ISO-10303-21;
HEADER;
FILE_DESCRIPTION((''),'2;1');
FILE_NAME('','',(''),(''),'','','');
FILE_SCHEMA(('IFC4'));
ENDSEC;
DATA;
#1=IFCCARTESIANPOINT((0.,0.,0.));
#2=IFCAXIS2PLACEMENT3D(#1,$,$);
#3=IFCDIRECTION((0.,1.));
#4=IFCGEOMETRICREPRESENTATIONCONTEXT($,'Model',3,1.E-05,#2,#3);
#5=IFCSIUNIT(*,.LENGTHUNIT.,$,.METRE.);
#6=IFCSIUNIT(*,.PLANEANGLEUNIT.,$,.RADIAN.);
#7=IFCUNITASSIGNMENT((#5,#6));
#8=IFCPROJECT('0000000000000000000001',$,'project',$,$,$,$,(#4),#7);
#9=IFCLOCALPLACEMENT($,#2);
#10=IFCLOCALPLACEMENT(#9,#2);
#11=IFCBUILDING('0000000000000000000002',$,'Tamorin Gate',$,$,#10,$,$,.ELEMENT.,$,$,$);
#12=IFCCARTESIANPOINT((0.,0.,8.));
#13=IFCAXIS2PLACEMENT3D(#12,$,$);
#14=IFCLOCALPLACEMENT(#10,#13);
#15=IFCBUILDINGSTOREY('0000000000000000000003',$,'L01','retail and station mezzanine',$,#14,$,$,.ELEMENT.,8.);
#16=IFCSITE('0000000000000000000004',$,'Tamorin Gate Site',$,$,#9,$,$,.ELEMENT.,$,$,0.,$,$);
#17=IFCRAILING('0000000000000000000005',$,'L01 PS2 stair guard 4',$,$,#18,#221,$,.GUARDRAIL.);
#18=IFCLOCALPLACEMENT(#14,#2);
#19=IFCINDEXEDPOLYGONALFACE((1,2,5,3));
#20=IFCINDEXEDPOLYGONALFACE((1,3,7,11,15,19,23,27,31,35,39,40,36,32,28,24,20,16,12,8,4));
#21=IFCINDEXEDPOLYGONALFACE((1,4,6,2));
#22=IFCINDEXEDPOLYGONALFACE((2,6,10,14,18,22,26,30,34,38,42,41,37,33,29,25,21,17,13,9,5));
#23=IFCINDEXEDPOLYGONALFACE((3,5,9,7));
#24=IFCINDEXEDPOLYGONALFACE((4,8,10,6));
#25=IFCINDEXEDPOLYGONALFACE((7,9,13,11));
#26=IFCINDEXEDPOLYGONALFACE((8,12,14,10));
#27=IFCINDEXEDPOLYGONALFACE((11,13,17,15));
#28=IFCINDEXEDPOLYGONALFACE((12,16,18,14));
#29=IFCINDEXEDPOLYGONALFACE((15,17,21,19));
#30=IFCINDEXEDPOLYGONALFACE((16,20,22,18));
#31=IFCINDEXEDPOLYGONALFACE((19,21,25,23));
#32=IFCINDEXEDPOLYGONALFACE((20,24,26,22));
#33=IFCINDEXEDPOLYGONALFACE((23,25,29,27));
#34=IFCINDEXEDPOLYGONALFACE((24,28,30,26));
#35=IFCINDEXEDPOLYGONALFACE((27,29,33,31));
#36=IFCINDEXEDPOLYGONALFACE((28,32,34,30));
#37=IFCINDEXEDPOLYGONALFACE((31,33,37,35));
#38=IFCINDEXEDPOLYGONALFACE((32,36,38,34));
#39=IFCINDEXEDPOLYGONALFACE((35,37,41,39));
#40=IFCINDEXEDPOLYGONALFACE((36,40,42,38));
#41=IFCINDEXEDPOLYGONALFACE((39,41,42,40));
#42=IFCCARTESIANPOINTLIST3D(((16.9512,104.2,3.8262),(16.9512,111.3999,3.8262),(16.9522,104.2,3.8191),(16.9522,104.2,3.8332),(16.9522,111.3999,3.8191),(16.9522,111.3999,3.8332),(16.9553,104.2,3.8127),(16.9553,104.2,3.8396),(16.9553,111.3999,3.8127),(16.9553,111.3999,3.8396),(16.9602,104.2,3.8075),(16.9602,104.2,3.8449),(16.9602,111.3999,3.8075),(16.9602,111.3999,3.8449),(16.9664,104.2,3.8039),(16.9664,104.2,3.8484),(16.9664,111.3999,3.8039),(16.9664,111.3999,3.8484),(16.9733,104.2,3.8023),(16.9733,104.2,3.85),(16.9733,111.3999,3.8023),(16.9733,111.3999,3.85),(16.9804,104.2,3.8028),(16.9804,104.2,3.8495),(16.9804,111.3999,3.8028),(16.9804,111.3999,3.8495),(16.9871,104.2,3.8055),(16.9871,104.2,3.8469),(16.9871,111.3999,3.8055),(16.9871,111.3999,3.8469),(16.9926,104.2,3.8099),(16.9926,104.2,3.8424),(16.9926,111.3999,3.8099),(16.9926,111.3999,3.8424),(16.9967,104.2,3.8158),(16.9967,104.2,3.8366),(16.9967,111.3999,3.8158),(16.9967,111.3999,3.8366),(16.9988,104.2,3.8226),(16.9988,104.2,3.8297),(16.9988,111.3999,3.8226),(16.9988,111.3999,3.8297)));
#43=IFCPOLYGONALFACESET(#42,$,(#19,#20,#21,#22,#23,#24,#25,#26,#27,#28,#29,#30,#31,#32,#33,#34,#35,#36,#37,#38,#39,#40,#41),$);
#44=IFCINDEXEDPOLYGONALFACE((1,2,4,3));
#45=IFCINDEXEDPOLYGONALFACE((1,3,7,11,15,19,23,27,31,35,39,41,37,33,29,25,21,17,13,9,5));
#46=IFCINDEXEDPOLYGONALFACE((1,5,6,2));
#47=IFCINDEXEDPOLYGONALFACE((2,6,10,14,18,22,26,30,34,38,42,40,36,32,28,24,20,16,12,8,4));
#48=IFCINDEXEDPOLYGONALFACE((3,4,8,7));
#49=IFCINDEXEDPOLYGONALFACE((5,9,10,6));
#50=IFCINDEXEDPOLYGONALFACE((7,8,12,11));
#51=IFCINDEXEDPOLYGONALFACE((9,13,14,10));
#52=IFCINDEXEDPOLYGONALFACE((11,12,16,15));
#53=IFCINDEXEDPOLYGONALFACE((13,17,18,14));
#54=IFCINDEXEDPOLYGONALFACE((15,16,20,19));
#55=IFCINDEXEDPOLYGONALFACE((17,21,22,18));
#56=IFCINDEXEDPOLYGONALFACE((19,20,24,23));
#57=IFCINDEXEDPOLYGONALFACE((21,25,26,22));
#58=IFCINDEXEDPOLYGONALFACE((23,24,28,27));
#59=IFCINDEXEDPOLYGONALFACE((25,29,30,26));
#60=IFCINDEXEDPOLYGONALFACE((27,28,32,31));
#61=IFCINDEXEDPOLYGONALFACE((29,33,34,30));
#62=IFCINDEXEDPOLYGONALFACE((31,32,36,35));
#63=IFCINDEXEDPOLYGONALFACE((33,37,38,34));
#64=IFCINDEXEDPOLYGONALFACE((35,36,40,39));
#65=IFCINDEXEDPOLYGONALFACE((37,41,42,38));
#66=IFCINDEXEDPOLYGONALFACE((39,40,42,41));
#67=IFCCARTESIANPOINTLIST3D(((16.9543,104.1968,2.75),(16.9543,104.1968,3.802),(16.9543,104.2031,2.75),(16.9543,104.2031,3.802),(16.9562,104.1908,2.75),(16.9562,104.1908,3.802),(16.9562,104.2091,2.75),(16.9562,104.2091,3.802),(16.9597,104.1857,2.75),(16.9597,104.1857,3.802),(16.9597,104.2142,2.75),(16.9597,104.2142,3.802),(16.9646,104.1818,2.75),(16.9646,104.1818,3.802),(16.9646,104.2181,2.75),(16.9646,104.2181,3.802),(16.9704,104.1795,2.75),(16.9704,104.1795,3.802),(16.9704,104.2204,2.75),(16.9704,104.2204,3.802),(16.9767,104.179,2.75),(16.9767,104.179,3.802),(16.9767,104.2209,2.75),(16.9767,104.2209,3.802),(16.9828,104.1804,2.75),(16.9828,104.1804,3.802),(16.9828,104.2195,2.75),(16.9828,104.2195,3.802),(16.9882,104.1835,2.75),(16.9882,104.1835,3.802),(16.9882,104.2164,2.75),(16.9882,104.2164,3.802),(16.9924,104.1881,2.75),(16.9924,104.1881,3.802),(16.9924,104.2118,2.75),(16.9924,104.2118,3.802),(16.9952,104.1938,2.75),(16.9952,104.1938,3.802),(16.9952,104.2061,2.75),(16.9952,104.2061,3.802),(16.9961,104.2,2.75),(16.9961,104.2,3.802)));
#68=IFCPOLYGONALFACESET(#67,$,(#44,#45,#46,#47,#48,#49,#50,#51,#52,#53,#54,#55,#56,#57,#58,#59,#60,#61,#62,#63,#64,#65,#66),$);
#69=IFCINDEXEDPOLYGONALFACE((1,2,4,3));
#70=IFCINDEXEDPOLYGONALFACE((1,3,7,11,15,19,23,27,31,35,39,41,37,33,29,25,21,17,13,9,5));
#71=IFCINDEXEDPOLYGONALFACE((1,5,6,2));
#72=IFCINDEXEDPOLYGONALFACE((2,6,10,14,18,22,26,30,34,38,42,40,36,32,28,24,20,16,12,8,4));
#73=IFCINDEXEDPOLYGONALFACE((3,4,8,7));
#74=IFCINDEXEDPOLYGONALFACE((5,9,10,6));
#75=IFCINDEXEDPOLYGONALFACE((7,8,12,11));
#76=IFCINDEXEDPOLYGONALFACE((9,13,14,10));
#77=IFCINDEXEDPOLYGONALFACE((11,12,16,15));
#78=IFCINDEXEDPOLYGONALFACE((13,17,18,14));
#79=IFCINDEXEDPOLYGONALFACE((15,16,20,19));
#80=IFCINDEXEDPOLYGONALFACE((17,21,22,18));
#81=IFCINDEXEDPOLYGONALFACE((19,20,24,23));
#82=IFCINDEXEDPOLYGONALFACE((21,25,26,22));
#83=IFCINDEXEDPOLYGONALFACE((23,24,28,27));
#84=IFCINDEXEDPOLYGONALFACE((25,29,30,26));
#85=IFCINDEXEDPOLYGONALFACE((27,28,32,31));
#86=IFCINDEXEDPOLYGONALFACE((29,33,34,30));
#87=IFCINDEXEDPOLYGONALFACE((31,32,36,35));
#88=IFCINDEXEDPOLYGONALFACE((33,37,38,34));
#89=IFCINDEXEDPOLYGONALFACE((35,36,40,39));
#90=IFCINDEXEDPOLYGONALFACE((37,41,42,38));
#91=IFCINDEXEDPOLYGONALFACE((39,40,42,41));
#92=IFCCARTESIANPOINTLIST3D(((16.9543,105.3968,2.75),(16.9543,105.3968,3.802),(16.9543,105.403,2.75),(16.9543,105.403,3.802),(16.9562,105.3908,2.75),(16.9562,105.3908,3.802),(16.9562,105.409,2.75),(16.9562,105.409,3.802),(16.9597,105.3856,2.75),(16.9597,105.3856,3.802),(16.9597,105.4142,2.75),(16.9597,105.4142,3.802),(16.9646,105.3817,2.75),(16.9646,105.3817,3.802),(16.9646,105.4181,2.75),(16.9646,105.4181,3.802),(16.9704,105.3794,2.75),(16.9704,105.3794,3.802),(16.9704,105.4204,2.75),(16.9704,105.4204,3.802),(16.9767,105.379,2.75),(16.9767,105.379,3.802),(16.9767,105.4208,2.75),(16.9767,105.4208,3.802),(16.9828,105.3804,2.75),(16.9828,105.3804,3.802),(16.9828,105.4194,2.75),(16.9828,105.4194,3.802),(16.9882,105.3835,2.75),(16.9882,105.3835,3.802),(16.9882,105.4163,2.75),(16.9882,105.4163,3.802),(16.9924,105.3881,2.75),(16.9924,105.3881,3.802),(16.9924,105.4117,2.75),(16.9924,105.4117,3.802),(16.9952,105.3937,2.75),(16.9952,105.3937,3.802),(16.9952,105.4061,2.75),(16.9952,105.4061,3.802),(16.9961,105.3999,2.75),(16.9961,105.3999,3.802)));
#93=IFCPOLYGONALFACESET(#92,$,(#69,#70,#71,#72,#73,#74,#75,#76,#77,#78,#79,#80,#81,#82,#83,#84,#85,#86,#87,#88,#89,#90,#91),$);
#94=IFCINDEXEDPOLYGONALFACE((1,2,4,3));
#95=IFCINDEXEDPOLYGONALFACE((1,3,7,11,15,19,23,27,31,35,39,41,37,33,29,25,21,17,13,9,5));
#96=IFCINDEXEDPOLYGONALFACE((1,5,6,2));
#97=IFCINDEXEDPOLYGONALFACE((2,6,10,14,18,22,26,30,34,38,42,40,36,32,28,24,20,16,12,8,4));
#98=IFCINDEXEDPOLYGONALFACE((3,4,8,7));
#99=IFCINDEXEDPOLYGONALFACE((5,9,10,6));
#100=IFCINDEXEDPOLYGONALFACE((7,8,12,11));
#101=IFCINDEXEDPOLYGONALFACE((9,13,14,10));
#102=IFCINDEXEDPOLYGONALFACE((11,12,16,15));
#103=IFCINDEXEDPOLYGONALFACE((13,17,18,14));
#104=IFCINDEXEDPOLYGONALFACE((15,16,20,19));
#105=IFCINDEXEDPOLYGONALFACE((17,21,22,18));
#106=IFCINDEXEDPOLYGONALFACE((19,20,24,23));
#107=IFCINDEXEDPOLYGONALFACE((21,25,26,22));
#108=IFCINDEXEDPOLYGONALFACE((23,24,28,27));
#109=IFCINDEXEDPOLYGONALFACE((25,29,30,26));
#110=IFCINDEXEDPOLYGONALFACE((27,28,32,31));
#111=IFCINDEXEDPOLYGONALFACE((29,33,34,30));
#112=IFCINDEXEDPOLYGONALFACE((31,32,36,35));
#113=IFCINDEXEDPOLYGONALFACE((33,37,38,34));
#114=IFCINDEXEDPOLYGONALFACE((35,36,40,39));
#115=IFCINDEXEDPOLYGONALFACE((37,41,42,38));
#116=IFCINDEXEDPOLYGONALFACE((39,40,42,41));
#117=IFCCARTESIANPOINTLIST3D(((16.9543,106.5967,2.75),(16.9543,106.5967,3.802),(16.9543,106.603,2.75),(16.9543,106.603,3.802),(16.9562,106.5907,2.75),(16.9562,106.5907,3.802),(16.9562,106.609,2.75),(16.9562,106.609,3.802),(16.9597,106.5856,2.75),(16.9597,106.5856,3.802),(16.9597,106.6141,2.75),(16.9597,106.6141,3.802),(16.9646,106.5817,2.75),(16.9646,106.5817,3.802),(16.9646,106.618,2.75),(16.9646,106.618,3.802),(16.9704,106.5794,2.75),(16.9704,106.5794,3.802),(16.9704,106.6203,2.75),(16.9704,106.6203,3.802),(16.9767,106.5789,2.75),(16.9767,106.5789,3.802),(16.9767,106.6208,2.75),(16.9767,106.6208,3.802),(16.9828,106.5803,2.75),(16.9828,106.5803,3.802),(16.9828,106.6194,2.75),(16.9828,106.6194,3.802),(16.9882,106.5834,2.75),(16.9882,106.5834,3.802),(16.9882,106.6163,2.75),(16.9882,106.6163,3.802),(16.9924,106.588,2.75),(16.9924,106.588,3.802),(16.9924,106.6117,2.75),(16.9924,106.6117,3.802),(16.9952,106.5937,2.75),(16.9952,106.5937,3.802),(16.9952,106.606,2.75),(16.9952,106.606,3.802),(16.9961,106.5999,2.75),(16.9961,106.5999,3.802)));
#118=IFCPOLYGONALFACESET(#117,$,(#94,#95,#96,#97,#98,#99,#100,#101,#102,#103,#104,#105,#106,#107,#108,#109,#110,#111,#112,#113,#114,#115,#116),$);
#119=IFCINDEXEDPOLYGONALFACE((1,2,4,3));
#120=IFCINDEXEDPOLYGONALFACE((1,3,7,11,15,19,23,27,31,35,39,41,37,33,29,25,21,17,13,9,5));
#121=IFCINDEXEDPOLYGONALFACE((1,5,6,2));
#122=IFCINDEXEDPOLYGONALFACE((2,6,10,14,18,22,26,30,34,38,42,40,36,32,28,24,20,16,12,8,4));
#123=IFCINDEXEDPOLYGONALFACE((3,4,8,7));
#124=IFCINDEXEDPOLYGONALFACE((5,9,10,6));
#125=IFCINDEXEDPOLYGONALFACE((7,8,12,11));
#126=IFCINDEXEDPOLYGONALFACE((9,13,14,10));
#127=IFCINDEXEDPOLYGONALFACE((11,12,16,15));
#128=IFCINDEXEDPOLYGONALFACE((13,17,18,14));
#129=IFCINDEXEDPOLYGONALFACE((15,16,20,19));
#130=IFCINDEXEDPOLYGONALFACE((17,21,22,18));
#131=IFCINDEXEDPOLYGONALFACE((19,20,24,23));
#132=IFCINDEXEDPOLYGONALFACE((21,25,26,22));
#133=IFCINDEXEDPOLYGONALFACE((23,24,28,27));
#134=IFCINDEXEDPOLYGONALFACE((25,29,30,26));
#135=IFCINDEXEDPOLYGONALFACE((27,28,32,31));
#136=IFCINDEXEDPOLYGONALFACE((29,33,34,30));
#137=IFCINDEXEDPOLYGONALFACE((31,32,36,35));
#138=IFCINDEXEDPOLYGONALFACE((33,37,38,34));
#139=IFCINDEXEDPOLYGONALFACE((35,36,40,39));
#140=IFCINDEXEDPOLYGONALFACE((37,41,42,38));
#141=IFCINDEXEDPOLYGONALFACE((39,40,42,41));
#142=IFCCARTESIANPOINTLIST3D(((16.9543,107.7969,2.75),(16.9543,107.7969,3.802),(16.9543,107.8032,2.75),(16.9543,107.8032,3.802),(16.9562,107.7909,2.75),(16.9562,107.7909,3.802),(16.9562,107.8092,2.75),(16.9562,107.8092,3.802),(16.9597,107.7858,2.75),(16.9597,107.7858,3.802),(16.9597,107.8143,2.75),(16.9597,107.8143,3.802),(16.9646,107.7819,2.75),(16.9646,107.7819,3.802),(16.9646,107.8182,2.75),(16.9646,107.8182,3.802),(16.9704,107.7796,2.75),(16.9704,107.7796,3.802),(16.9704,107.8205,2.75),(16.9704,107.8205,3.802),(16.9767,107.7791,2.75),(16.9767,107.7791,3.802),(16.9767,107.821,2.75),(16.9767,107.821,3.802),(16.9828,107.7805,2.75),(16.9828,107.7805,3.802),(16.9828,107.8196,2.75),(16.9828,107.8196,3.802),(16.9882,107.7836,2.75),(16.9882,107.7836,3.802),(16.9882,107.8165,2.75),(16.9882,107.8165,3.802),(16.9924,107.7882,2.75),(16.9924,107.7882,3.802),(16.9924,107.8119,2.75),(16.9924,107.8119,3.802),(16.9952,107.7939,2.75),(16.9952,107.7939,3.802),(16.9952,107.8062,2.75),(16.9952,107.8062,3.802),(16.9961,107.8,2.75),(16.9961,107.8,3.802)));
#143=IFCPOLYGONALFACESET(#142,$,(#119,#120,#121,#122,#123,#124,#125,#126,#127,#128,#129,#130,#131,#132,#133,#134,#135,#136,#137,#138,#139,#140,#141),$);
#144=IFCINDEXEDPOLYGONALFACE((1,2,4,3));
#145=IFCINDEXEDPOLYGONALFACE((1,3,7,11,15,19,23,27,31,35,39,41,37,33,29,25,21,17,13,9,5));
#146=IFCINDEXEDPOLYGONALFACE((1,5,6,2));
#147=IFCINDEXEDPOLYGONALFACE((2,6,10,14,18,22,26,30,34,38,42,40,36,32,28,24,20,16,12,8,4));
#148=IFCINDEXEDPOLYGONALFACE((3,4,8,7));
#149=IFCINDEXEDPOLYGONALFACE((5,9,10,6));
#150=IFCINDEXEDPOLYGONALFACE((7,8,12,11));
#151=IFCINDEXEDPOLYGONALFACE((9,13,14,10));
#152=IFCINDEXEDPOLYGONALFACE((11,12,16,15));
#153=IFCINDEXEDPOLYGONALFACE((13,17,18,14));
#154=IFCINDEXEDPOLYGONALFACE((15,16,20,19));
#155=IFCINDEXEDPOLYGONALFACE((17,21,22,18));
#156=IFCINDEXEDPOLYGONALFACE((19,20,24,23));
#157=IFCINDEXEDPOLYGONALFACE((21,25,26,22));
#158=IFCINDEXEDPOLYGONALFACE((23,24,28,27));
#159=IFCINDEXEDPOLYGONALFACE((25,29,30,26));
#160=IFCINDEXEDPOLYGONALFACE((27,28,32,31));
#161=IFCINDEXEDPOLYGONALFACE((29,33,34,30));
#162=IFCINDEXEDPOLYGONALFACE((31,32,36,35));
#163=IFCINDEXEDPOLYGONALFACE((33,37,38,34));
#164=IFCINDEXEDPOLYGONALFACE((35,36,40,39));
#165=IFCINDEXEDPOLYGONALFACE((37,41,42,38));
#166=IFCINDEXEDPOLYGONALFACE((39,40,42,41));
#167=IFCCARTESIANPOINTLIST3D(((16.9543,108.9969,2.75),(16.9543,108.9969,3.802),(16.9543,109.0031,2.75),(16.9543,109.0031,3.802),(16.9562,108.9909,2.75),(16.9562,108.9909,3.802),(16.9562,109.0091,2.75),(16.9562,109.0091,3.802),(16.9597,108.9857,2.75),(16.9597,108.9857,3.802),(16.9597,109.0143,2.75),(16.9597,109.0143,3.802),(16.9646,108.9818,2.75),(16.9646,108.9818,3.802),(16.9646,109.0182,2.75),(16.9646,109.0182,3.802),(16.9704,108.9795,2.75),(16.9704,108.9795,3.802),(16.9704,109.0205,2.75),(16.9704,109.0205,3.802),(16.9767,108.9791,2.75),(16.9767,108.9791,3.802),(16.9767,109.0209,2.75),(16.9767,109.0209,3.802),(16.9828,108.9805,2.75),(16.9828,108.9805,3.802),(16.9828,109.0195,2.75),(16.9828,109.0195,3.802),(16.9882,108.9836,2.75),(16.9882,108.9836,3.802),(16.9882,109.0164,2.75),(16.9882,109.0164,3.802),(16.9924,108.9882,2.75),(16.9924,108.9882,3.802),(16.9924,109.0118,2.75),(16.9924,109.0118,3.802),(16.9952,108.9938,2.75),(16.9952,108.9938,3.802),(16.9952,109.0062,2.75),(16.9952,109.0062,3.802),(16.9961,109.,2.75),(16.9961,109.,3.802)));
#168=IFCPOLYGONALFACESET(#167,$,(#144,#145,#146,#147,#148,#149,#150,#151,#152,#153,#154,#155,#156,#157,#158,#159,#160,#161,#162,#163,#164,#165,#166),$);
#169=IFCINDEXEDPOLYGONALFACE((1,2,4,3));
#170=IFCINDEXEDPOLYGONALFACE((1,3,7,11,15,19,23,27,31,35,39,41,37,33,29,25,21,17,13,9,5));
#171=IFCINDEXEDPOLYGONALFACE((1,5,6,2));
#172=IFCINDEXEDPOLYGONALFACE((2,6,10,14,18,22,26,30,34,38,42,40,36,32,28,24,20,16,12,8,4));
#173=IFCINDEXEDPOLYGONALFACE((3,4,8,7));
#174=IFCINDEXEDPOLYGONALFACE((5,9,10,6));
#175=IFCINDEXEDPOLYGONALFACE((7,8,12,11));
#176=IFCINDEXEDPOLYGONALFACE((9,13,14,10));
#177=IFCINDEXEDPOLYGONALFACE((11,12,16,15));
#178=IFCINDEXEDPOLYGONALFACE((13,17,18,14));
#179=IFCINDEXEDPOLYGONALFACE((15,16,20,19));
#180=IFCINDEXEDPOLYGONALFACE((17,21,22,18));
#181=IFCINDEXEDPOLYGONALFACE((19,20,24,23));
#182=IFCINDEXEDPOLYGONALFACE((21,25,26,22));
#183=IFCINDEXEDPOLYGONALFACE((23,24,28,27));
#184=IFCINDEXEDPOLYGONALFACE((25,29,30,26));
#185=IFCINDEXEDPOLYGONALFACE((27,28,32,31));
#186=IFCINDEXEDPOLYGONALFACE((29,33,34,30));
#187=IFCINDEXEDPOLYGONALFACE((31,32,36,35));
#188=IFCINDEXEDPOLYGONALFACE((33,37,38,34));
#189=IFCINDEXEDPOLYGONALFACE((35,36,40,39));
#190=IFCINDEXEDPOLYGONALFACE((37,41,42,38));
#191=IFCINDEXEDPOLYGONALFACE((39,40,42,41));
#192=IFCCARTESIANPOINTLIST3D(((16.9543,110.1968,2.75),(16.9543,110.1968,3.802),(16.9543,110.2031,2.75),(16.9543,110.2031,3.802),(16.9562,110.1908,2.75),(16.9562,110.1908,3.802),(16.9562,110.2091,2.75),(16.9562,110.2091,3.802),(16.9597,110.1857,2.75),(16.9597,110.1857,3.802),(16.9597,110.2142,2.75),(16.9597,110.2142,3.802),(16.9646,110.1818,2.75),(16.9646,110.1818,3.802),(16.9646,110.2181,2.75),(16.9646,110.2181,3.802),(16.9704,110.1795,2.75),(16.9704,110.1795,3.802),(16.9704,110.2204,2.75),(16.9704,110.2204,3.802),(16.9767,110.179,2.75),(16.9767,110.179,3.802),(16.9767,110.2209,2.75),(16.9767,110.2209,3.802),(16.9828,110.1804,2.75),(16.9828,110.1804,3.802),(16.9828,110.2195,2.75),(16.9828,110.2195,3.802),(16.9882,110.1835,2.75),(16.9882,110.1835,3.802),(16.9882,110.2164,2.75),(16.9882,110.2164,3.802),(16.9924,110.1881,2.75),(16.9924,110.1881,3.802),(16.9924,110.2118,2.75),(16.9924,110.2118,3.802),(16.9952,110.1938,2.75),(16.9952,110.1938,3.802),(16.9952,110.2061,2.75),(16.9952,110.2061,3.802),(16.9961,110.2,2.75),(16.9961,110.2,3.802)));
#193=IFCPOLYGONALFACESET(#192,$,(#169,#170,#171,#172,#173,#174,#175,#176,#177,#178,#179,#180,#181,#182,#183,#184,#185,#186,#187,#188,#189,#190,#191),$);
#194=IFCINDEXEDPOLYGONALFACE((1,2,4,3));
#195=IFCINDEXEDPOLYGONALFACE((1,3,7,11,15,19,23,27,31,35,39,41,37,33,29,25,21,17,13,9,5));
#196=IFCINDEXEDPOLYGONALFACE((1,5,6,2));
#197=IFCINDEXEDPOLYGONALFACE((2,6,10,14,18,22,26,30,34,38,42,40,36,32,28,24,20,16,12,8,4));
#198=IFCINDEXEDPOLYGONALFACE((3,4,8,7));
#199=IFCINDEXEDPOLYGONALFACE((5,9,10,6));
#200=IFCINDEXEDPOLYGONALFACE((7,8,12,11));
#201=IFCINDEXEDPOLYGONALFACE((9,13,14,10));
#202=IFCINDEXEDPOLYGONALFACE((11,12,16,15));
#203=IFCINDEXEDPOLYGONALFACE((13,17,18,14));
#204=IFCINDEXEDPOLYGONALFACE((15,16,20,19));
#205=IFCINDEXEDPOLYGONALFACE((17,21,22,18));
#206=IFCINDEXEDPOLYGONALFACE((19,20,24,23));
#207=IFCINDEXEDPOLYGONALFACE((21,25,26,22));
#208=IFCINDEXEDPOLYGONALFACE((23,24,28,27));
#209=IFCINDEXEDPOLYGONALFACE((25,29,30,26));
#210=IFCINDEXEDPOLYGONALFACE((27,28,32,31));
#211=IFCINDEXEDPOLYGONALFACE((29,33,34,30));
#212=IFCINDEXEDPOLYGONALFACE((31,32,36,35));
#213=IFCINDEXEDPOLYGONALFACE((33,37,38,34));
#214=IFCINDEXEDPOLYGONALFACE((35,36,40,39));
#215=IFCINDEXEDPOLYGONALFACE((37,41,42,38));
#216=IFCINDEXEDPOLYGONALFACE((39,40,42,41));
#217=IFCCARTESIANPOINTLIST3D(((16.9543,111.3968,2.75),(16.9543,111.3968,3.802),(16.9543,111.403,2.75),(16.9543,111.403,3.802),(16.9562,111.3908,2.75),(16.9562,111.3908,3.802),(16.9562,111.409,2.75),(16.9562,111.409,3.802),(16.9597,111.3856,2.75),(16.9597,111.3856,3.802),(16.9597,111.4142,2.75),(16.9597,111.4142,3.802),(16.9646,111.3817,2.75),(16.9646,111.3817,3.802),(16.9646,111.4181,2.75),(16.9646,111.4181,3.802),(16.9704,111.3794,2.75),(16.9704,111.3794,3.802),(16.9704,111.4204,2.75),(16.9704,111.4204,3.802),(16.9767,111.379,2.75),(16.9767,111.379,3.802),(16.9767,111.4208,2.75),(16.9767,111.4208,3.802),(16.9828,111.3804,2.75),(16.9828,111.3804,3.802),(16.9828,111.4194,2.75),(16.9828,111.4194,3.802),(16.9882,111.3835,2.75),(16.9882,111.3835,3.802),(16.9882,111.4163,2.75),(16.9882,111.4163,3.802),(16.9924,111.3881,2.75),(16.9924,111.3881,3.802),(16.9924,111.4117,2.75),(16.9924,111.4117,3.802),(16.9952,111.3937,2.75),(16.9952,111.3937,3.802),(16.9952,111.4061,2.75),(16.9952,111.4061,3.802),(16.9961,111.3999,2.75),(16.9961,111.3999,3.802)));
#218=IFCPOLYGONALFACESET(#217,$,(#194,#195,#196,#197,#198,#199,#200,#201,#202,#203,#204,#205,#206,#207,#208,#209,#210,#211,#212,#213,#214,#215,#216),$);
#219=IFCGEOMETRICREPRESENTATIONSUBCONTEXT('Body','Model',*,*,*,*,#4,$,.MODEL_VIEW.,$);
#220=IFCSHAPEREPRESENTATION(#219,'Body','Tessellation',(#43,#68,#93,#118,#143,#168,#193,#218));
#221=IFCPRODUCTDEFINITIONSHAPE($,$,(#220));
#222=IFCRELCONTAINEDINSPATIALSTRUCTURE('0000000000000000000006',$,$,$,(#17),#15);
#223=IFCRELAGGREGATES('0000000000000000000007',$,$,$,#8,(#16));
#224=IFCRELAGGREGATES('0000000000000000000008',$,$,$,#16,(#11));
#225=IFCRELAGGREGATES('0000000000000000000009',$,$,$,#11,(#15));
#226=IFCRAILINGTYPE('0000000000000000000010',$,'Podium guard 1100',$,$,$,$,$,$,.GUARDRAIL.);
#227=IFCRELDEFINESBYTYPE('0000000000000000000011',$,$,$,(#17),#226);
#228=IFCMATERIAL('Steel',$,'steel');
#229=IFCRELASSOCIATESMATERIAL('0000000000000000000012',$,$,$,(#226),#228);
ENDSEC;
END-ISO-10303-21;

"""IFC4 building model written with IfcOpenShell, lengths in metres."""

from ifc_helpers import new_model, si_unit, direction, frame, origin, origin_2d, place, context, subcontext, project, spatial, circle, extrude, material, type_object, element, save


model = new_model("IFC4")

# Units and contexts
model_context = context("Model", 3, precision=1e-05, world=origin(), true_north=direction((0.0, 1.0)))
body_context = subcontext(model_context, "Body", "Model", "MODEL_VIEW")
ifc_project = project(units=[si_unit("LENGTHUNIT", "METRE"), si_unit("PLANEANGLEUNIT", "RADIAN")], contexts=[model_context])

# Site, building, storey
site_placement = place(None, origin())
site = spatial("IfcSite", under=ifc_project, at=site_placement, Name="Tamorin Gate Site", CompositionType="ELEMENT", RefElevation=0.0)
building_placement = place(site_placement, origin())
building = spatial("IfcBuilding", under=site, at=building_placement, Name="Tamorin Gate", CompositionType="ELEMENT")
storey_placement = place(building_placement, frame((0.0, 0.0, 8.0)))
storey = spatial("IfcBuildingStorey", under=building, at=storey_placement, Name="L01", Description="retail and station mezzanine", CompositionType="ELEMENT", Elevation=8.0)

# Railing
ifc_material_1 = material(Name="Steel", Category="steel")
railing_type_1 = type_object("IfcRailingType", Name="Podium guard 1100", PredefinedType="GUARDRAIL", material=ifc_material_1)
railing_1_placement = place(storey_placement, frame((16.9751, 104.2, 2.75)))
element("IfcRailing", 1, at=railing_1_placement, inside=storey, type_object=railing_type_1, Name="L01 PS2 stair guard 4", PredefinedType="GUARDRAIL", context=body_context, shape_type="SweptSolid", body=[
    extrude(circle(Radius=0.0239, at=origin_2d()), frame((0.0, 0.0, 1.0762), z_axis=(0.0, 1.0, 0.0), x_axis=(-1.0, 0.0, 0.0)), (0.0, 0.0, 1.0), 7.2),
    extrude(circle(Radius=0.021, at=origin_2d()), origin(), (0.0, 0.0, 1.0), 1.052),
    extrude(circle(Radius=0.021, at=origin_2d()), frame((0.0, 1.2, 0.0)), (0.0, 0.0, 1.0), 1.052),
    extrude(circle(Radius=0.021, at=origin_2d()), frame((0.0, 2.3999, 0.0)), (0.0, 0.0, 1.0), 1.052),
    extrude(circle(Radius=0.021, at=origin_2d()), frame((0.0, 3.6001, 0.0)), (0.0, 0.0, 1.0), 1.052),
    extrude(circle(Radius=0.021, at=origin_2d()), frame((0.0, 4.8, 0.0)), (0.0, 0.0, 1.0), 1.052),
    extrude(circle(Radius=0.021, at=origin_2d()), frame((0.0, 6.0, 0.0)), (0.0, 0.0, 1.0), 1.052),
    extrude(circle(Radius=0.021, at=origin_2d()), frame((0.0, 7.2, 0.0)), (0.0, 0.0, 1.0), 1.052),
])

save(model, "model.ifc")
